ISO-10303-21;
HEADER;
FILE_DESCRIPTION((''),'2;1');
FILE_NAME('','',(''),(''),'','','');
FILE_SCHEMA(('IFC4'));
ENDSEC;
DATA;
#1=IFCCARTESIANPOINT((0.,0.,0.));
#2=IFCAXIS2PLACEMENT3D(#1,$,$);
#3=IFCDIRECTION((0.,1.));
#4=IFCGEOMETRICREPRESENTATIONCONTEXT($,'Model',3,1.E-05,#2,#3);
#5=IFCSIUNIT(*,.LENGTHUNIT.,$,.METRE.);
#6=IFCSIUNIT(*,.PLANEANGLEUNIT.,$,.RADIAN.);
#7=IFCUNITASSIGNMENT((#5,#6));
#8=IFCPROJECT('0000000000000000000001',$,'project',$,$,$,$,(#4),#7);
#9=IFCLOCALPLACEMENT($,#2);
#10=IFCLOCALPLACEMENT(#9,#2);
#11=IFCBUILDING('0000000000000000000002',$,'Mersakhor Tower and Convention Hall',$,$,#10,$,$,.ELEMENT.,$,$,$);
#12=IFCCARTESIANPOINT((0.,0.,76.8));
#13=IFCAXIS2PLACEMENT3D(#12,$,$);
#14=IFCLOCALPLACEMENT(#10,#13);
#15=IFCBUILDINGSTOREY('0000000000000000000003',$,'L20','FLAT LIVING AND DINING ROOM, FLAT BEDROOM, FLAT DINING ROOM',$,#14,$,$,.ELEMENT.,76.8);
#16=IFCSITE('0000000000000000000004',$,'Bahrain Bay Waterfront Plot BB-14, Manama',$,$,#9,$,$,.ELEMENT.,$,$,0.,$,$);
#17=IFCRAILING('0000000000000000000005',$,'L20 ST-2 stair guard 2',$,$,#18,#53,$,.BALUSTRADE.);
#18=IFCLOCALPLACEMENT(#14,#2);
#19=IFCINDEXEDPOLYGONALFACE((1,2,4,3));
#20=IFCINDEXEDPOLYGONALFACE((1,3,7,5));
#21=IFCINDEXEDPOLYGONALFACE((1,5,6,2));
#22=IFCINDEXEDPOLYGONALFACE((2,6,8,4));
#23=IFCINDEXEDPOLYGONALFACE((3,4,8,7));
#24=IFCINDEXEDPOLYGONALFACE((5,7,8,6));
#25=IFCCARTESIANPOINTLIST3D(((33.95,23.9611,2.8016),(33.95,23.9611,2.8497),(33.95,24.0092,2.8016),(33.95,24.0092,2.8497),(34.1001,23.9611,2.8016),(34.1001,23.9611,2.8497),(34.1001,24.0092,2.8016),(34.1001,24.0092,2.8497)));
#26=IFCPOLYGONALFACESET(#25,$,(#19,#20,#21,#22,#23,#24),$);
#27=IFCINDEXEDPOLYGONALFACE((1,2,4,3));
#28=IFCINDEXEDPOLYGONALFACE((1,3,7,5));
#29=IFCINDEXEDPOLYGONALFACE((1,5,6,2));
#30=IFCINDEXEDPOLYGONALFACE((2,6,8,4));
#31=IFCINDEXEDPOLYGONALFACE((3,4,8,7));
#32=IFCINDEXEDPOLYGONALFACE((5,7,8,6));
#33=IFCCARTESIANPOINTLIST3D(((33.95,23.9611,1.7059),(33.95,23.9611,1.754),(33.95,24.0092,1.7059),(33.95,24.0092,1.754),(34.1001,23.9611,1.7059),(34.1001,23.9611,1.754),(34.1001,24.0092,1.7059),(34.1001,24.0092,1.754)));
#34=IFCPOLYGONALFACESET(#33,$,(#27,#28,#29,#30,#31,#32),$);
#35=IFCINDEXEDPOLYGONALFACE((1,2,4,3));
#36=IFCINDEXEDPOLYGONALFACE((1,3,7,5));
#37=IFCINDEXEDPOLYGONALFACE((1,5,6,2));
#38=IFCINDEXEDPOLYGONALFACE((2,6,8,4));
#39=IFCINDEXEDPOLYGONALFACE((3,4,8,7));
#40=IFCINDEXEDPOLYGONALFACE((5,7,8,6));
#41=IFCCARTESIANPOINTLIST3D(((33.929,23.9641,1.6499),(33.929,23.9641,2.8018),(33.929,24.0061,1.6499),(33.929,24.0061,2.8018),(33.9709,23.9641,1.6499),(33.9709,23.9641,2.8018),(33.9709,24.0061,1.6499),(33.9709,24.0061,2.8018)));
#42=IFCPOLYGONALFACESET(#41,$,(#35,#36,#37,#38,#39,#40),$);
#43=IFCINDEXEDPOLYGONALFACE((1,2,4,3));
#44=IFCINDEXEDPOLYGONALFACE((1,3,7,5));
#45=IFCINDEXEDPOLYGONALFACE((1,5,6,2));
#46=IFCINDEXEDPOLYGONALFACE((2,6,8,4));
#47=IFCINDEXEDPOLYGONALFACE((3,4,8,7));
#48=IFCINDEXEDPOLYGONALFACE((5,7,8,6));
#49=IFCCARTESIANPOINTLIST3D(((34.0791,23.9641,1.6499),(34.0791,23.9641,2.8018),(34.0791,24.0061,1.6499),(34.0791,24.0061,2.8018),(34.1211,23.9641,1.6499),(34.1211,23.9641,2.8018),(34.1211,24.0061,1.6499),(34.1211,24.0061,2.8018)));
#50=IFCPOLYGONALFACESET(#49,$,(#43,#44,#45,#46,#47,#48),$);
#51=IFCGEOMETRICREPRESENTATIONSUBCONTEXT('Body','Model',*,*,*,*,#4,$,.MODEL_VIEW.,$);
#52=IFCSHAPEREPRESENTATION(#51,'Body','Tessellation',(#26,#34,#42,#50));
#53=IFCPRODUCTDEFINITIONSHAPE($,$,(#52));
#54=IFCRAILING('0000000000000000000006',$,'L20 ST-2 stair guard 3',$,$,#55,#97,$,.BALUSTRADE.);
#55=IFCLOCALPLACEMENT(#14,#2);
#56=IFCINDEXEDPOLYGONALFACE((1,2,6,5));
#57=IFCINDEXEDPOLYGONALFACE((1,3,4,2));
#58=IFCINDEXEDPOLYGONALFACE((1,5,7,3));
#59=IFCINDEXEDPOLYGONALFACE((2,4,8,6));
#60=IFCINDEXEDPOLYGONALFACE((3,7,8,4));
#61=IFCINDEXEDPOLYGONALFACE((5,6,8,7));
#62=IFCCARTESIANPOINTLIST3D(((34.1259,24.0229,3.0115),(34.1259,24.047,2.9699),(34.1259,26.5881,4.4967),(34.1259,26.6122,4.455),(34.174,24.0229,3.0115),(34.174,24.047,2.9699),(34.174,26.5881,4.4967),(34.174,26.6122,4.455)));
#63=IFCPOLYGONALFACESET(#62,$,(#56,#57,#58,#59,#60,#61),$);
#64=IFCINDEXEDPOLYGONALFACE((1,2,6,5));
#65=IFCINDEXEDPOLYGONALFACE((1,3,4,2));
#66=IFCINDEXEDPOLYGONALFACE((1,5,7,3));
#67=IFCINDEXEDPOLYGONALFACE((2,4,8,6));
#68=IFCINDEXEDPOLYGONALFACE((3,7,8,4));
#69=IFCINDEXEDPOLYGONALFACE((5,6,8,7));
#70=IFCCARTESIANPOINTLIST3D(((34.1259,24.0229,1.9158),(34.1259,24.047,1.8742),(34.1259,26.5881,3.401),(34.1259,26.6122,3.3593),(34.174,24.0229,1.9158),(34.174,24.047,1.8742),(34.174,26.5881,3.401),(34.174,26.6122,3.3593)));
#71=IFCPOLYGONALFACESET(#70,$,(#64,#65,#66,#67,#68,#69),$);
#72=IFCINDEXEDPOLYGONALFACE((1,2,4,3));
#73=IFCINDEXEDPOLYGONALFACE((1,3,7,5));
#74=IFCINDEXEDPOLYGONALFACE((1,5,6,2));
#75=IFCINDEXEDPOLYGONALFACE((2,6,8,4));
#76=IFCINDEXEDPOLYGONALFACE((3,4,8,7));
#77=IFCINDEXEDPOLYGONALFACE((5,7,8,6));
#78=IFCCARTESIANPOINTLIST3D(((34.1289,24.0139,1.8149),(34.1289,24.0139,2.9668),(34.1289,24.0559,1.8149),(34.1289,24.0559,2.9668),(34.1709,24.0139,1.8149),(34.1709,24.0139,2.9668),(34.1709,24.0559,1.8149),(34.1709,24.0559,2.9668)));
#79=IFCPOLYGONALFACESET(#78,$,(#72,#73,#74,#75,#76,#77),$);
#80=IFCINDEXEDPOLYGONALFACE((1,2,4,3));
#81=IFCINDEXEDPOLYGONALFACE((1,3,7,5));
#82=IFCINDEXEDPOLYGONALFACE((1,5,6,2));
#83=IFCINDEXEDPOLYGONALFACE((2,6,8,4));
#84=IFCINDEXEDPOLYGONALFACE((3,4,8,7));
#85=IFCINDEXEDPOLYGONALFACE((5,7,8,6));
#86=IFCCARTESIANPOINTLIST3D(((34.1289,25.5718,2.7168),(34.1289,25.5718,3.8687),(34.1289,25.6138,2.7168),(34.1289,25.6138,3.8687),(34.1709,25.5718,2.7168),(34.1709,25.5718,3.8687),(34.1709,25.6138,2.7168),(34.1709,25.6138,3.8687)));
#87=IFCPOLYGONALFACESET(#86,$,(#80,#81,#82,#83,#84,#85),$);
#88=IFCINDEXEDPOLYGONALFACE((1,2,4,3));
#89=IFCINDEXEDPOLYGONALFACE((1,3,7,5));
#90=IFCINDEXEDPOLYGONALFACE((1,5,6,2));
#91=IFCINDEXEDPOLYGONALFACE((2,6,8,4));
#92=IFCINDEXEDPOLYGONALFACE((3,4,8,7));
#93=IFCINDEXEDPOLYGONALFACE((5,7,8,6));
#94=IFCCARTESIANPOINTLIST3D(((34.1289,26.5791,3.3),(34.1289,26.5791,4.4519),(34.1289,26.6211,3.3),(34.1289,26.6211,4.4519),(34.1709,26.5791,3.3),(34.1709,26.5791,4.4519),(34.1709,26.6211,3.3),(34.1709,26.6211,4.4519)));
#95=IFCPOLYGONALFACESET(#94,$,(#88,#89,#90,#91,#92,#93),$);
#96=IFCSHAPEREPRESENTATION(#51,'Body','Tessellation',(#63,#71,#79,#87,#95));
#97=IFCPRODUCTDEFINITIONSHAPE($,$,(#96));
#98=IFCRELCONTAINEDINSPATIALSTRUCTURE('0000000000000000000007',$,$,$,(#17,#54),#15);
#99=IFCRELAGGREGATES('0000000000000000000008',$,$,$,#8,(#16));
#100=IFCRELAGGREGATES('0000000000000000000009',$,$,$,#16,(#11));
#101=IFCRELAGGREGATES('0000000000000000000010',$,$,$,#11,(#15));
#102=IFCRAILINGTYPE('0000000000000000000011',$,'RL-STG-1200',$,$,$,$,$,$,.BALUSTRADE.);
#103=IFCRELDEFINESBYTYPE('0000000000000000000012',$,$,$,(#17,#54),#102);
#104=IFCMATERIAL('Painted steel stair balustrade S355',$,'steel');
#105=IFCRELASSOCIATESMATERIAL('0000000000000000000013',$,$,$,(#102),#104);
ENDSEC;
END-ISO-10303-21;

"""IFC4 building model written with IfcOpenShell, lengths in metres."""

from ifc_helpers import new_model, si_unit, direction, frame, origin, origin_2d, place, context, subcontext, project, spatial, rectangle, extrude, material, type_object, element, save


model = new_model("IFC4")

# Units and contexts
model_context = context("Model", 3, precision=1e-05, world=origin(), true_north=direction((0.0, 1.0)))
body_context = subcontext(model_context, "Body", "Model", "MODEL_VIEW")
ifc_project = project(units=[si_unit("LENGTHUNIT", "METRE"), si_unit("PLANEANGLEUNIT", "RADIAN")], contexts=[model_context])

# Site, building, storey
site_placement = place(None, origin())
site = spatial("IfcSite", under=ifc_project, at=site_placement, Name="Bahrain Bay Waterfront Plot BB-14, Manama", CompositionType="ELEMENT", RefElevation=0.0)
building_placement = place(site_placement, origin())
building = spatial("IfcBuilding", under=site, at=building_placement, Name="Mersakhor Tower and Convention Hall", CompositionType="ELEMENT")
storey_placement = place(building_placement, frame((0.0, 0.0, 76.8)))
storey = spatial("IfcBuildingStorey", under=building, at=storey_placement, Name="L20", Description="FLAT LIVING AND DINING ROOM, FLAT BEDROOM, FLAT DINING ROOM", CompositionType="ELEMENT", Elevation=76.8)

# Railings
ifc_material_1 = material(Name="Painted steel stair balustrade S355", Category="steel")
railing_type_1 = type_object("IfcRailingType", Name="RL-STG-1200", PredefinedType="BALUSTRADE", material=ifc_material_1)
railing_1_placement = place(storey_placement, frame((33.95, 23.9851, 1.6499)))
element("IfcRailing", 1, at=railing_1_placement, inside=storey, type_object=railing_type_1, Name="L20 ST-2 stair guard 2", PredefinedType="BALUSTRADE", context=body_context, shape_type="SweptSolid", body=[
    extrude(rectangle(XDim=0.0481, YDim=0.0481, at=origin_2d()), frame((0.0, 0.0, 1.1758), z_axis=(1.0, 0.0, 0.0), x_axis=(0.0, 1.0, 0.0)), (0.0, 0.0, 1.0), 0.1501),
    extrude(rectangle(XDim=0.0481, YDim=0.0481, at=origin_2d()), frame((0.0, 0.0, 0.0801), z_axis=(1.0, 0.0, 0.0), x_axis=(0.0, 1.0, 0.0)), (0.0, 0.0, 1.0), 0.1501),
    extrude(rectangle(XDim=0.042, YDim=0.042, at=origin_2d()), origin(), (0.0, 0.0, 1.0), 1.1519),
    extrude(rectangle(XDim=0.042, YDim=0.042, at=origin_2d()), frame((0.1501, 0.0, 0.0)), (0.0, 0.0, 1.0), 1.1519),
])
railing_2_placement = place(storey_placement, frame((34.1499, 24.0349, 1.8149)))
element("IfcRailing", 2, at=railing_2_placement, inside=storey, type_object=railing_type_1, Name="L20 ST-2 stair guard 3", PredefinedType="BALUSTRADE", context=body_context, shape_type="SweptSolid", body=[
    extrude(rectangle(XDim=0.0481, YDim=0.0481, at=origin_2d()), frame((0.0, 0.0, 1.1758), z_axis=(0.0, 0.865426, 0.501036), x_axis=(-1.0, 0.0, 0.0)), (0.0, 0.0, 1.0), 2.9641),
    extrude(rectangle(XDim=0.0481, YDim=0.0481, at=origin_2d()), frame((0.0, 0.0, 0.0801), z_axis=(0.0, 0.865426, 0.501036), x_axis=(-1.0, 0.0, 0.0)), (0.0, 0.0, 1.0), 2.9641),
    extrude(rectangle(XDim=0.042, YDim=0.042, at=origin_2d()), origin(), (0.0, 0.0, 1.0), 1.1519),
    extrude(rectangle(XDim=0.042, YDim=0.042, at=origin_2d()), frame((0.0, 1.5579, 0.9019)), (0.0, 0.0, 1.0), 1.1519),
    extrude(rectangle(XDim=0.042, YDim=0.042, at=origin_2d()), frame((0.0, 2.5652, 1.4851)), (0.0, 0.0, 1.0), 1.1519),
])

save(model, "model.ifc")
